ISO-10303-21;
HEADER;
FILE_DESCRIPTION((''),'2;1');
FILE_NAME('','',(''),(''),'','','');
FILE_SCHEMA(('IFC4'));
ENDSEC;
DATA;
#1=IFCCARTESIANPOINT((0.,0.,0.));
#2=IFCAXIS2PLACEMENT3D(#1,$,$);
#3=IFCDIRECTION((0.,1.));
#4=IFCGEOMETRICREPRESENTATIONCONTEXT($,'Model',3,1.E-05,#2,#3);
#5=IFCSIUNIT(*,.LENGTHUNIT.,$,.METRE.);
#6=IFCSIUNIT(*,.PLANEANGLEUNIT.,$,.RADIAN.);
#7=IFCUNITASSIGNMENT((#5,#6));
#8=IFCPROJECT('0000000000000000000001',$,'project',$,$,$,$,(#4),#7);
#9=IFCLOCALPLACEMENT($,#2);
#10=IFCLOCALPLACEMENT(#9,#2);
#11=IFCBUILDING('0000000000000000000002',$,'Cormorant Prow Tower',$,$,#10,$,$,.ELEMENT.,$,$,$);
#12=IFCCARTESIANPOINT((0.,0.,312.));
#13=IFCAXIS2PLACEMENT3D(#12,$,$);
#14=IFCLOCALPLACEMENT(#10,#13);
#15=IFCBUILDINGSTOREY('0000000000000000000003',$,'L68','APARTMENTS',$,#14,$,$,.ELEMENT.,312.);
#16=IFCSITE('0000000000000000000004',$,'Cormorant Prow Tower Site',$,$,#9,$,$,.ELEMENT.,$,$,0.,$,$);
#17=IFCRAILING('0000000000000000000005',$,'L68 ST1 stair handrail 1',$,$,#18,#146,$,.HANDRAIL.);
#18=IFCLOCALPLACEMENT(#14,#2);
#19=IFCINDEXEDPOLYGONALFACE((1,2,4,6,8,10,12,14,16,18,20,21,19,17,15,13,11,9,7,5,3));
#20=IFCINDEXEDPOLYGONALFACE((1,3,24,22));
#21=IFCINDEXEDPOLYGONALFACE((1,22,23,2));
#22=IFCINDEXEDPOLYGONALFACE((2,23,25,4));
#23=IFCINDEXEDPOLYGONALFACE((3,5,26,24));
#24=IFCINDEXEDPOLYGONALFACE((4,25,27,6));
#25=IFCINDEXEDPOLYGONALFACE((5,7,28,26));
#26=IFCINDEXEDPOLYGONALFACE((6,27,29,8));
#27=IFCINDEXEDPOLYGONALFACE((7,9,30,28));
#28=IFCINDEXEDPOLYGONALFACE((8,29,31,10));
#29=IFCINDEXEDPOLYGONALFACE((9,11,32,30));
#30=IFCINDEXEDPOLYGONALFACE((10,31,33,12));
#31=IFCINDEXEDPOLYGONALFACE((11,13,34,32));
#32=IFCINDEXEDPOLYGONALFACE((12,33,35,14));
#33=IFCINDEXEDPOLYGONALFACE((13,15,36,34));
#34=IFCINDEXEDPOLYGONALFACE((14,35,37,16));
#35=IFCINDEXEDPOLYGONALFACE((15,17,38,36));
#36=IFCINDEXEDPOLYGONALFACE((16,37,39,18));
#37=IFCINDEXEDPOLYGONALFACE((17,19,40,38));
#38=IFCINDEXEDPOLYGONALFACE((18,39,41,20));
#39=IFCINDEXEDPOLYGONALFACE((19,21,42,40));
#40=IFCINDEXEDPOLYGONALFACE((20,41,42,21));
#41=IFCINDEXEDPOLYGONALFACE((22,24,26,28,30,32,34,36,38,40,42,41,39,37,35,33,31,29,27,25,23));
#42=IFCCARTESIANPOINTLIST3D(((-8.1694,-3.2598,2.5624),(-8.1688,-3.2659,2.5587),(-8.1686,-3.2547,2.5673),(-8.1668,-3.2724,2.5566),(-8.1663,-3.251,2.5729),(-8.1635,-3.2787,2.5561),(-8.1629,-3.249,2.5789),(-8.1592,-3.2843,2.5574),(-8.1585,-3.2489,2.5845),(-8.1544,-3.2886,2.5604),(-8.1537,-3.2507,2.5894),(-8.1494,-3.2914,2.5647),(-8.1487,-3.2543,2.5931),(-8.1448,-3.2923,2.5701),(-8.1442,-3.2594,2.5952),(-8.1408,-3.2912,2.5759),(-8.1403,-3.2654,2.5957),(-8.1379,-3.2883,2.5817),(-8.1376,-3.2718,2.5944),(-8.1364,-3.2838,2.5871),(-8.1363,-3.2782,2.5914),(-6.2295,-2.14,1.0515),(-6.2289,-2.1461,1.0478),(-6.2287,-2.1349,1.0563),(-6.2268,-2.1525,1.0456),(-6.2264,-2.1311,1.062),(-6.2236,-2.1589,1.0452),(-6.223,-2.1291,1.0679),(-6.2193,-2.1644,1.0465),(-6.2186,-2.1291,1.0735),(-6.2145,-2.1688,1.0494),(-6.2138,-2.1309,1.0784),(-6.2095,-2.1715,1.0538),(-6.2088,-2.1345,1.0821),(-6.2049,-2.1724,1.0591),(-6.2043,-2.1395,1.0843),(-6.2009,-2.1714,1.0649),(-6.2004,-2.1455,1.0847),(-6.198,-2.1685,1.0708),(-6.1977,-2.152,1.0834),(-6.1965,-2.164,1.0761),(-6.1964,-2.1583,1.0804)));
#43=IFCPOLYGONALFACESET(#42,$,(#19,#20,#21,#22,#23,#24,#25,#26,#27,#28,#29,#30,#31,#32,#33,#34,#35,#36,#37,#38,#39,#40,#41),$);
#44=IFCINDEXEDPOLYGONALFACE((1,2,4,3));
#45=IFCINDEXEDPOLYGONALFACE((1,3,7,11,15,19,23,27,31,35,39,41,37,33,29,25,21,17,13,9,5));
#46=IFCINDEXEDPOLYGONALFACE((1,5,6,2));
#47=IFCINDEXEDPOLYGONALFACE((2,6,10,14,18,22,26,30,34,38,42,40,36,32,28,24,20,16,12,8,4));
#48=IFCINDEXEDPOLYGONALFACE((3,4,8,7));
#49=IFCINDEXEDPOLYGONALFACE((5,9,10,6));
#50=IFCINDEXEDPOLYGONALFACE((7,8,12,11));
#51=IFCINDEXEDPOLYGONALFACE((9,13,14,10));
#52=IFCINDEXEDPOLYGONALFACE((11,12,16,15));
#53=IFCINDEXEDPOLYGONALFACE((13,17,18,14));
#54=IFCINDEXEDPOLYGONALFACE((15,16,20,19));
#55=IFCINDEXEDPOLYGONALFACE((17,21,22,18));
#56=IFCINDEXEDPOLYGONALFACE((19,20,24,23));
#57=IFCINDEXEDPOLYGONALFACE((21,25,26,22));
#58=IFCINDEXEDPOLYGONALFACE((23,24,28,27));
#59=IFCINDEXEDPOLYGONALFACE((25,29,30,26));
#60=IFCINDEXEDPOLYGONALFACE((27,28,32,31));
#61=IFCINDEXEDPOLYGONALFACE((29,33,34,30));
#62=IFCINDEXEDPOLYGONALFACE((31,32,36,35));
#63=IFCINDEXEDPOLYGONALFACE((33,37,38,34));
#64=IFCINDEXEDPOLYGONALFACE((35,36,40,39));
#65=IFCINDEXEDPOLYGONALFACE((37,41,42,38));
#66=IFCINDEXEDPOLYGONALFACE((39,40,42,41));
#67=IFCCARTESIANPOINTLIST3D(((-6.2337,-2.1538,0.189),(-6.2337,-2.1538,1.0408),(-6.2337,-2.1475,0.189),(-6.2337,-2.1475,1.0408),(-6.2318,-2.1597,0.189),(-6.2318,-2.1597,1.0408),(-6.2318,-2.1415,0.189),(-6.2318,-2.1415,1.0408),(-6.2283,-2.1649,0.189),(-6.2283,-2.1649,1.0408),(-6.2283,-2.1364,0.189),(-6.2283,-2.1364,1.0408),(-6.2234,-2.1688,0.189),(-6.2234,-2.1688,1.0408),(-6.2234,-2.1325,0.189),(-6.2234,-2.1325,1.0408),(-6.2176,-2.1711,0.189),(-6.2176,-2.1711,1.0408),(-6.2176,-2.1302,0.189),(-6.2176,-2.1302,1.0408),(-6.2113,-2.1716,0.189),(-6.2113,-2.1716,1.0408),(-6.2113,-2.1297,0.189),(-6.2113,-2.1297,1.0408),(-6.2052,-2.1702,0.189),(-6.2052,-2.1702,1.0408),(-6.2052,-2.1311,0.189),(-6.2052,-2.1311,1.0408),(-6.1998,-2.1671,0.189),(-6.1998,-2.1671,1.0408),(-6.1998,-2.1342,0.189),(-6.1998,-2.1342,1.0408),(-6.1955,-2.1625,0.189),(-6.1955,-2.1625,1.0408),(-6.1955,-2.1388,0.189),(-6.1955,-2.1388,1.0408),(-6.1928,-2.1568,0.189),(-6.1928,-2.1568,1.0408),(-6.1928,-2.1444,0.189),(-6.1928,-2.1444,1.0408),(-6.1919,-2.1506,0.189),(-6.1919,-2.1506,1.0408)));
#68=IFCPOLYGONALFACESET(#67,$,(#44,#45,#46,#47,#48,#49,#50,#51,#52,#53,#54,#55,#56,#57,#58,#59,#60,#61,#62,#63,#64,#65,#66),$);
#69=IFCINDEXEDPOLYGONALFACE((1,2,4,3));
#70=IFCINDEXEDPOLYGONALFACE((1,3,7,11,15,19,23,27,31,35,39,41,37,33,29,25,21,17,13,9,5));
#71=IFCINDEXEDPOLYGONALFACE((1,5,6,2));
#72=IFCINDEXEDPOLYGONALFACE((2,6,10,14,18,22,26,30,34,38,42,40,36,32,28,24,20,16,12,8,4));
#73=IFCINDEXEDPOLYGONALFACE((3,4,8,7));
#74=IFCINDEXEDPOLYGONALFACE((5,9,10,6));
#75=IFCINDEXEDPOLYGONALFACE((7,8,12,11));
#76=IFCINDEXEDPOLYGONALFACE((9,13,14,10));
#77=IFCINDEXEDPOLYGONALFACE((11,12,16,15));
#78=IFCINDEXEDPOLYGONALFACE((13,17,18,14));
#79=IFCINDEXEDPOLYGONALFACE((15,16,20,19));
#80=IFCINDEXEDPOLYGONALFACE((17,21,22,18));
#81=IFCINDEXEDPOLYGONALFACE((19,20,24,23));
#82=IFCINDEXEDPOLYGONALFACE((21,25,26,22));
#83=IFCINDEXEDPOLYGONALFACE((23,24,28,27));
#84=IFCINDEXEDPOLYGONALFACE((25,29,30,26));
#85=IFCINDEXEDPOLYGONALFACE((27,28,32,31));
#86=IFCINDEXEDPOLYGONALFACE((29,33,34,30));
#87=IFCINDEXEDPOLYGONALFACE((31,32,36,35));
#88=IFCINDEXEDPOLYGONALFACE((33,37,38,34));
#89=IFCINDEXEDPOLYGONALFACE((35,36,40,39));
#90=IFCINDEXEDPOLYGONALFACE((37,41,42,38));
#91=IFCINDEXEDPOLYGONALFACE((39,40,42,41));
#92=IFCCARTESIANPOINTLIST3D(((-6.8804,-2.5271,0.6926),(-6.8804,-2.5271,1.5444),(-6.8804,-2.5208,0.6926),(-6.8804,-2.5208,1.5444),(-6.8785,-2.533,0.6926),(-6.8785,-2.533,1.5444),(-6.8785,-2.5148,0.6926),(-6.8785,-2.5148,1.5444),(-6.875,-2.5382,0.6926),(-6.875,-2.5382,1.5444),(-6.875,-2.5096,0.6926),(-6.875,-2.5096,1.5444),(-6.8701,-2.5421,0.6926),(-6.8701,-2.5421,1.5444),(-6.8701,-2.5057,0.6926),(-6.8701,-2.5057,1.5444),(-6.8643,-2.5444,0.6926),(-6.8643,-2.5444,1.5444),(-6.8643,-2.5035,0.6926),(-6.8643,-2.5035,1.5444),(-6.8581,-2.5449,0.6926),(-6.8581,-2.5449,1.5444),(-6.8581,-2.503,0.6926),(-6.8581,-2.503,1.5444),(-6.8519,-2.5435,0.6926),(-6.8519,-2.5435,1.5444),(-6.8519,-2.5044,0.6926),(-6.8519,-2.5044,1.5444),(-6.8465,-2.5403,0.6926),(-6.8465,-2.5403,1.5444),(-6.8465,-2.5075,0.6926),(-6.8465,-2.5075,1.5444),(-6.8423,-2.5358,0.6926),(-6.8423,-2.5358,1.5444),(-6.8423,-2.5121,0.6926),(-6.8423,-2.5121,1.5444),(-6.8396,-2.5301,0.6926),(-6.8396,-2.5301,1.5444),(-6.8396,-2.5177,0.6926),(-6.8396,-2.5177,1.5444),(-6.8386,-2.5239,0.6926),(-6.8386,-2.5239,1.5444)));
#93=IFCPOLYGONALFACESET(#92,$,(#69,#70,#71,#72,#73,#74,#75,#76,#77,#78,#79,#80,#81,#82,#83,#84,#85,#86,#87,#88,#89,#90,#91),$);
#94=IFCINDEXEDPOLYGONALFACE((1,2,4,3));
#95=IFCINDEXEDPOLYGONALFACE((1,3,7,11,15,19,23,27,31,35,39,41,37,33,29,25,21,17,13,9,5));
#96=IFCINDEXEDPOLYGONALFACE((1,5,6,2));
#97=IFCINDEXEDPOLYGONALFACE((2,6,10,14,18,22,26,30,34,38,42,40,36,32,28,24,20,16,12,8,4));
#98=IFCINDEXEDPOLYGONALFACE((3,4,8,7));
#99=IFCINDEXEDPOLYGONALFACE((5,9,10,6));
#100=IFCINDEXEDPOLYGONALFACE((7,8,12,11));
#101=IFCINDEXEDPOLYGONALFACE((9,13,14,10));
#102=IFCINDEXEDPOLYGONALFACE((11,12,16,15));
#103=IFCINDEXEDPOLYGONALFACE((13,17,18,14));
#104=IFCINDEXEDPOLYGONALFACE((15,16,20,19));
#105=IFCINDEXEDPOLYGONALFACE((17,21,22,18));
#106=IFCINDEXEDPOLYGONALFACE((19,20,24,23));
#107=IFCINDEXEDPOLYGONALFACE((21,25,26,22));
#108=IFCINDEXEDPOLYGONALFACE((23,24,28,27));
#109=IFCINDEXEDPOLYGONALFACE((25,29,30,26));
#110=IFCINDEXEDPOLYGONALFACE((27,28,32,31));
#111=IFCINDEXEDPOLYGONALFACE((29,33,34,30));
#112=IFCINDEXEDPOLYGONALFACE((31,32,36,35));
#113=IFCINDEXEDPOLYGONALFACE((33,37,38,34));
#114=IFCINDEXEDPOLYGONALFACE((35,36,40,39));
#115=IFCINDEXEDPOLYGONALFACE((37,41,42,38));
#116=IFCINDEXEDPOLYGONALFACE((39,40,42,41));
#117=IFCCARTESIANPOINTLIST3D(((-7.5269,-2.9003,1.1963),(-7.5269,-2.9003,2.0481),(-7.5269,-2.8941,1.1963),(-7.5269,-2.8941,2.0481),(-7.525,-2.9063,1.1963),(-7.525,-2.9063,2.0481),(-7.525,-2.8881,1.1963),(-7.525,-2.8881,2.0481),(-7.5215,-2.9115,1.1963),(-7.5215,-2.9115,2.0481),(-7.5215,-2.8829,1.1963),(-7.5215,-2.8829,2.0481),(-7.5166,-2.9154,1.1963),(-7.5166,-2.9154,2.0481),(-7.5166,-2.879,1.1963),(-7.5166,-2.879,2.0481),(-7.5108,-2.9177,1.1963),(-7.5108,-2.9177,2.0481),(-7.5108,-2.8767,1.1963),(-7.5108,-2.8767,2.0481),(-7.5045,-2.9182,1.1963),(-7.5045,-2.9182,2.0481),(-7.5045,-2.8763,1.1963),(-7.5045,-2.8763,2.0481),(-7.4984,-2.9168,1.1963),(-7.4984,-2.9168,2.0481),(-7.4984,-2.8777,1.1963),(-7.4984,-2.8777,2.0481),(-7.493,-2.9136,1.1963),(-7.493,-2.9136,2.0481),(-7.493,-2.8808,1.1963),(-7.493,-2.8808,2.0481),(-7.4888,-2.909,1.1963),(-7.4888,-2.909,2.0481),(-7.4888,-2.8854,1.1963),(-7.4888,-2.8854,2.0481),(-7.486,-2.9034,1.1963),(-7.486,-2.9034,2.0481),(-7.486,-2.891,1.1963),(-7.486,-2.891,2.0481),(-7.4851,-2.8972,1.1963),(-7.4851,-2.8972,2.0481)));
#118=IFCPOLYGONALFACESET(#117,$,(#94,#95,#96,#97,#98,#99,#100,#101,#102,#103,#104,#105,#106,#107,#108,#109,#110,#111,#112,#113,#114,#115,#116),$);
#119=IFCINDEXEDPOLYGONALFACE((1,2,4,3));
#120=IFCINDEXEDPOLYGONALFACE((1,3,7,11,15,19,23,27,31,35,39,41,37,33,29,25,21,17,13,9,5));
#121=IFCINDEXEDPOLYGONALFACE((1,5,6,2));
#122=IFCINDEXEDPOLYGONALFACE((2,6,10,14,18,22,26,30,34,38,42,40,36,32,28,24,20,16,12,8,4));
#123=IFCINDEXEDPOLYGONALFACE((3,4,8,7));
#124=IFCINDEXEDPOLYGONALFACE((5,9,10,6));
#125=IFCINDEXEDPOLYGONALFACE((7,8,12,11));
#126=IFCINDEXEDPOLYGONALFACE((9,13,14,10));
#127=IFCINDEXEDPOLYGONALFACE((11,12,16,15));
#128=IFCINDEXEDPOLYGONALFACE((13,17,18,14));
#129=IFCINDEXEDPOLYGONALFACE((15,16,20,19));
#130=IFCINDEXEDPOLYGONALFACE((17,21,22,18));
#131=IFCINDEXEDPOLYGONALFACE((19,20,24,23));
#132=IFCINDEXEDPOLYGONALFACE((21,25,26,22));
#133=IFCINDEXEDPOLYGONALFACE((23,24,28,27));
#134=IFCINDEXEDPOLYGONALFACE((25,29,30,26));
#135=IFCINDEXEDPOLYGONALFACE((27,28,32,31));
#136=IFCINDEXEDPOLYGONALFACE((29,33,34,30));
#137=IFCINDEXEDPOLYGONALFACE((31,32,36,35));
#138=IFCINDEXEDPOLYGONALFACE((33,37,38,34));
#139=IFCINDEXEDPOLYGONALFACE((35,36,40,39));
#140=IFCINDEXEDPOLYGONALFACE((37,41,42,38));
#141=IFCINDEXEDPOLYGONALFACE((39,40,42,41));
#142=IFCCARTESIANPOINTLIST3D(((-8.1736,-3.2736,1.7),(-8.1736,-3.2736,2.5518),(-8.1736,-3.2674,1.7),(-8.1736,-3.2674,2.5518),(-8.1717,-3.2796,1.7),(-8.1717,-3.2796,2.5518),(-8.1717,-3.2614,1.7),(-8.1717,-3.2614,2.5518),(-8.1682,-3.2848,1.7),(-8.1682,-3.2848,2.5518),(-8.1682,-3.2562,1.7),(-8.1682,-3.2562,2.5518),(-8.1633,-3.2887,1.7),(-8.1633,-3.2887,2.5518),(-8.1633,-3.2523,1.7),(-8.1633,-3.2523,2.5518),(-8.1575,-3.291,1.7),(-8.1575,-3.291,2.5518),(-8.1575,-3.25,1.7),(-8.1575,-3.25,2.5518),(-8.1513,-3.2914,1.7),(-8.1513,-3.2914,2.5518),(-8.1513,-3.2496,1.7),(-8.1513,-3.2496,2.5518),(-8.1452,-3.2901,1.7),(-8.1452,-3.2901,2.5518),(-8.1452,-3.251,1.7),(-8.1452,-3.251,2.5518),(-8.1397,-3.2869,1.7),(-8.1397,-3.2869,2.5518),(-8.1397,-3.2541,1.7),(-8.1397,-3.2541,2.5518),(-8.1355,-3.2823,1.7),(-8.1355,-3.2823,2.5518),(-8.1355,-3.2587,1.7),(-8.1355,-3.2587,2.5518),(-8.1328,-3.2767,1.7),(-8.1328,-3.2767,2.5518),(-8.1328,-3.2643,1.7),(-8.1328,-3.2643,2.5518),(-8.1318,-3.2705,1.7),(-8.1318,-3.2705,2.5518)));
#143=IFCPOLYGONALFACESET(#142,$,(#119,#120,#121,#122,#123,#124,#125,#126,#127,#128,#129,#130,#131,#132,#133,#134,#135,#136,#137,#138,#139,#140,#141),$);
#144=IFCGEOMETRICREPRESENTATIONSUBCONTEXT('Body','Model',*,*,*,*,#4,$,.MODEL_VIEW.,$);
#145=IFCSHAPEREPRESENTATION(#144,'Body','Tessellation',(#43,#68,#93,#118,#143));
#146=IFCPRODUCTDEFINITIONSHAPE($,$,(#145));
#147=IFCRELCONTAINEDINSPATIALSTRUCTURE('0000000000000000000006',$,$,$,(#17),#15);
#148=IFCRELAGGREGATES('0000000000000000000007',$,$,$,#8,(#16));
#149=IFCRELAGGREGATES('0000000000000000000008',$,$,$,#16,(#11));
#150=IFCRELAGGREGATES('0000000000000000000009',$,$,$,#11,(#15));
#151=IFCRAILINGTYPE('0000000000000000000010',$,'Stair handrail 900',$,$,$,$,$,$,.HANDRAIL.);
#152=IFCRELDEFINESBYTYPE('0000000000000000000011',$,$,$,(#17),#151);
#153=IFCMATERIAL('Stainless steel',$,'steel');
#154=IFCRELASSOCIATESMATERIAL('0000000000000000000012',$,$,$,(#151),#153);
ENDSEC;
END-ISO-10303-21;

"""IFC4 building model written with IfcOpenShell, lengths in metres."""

from ifc_helpers import new_model, si_unit, direction, frame, origin, origin_2d, place, context, subcontext, project, spatial, circle, extrude, material, type_object, element, save


model = new_model("IFC4")

# Units and contexts
model_context = context("Model", 3, precision=1e-05, world=origin(), true_north=direction((0.0, 1.0)))
body_context = subcontext(model_context, "Body", "Model", "MODEL_VIEW")
ifc_project = project(units=[si_unit("LENGTHUNIT", "METRE"), si_unit("PLANEANGLEUNIT", "RADIAN")], contexts=[model_context])

# Site, building, storey
site_placement = place(None, origin())
site = spatial("IfcSite", under=ifc_project, at=site_placement, Name="Cormorant Prow Tower Site", CompositionType="ELEMENT", RefElevation=0.0)
building_placement = place(site_placement, origin())
building = spatial("IfcBuilding", under=site, at=building_placement, Name="Cormorant Prow Tower", CompositionType="ELEMENT")
storey_placement = place(building_placement, frame((0.0, 0.0, 312.0)))
storey = spatial("IfcBuildingStorey", under=building, at=storey_placement, Name="L68", Description="APARTMENTS", CompositionType="ELEMENT", Elevation=312.0)

# Railing
ifc_material_1 = material(Name="Stainless steel", Category="steel")
railing_type_1 = type_object("IfcRailingType", Name="Stair handrail 900", PredefinedType="HANDRAIL", material=ifc_material_1)
railing_1_placement = place(storey_placement, frame((-6.2129, -2.1506, 0.189)))
element("IfcRailing", 1, at=railing_1_placement, inside=storey, type_object=railing_type_1, Name="L68 ST1 stair handrail 1", PredefinedType="HANDRAIL", context=body_context, shape_type="SweptSolid", body=[
    extrude(circle(Radius=0.0239, at=origin_2d()), frame((0.0, 0.0, 0.876), z_axis=(-0.717977, -0.414467, 0.559219), x_axis=(0.499949, -0.866055, 0.0)), (0.0, 0.0, 1.0), 2.7019),
    extrude(circle(Radius=0.021, at=origin_2d()), origin(), (0.0, 0.0, 1.0), 0.8518),
    extrude(circle(Radius=0.021, at=origin_2d()), frame((-0.6467, -0.3733, 0.5037)), (0.0, 0.0, 1.0), 0.8518),
    extrude(circle(Radius=0.021, at=origin_2d()), frame((-1.2932, -0.7466, 1.0073)), (0.0, 0.0, 1.0), 0.8518),
    extrude(circle(Radius=0.021, at=origin_2d()), frame((-1.9399, -1.1199, 1.511)), (0.0, 0.0, 1.0), 0.8518),
])

save(model, "model.ifc")
